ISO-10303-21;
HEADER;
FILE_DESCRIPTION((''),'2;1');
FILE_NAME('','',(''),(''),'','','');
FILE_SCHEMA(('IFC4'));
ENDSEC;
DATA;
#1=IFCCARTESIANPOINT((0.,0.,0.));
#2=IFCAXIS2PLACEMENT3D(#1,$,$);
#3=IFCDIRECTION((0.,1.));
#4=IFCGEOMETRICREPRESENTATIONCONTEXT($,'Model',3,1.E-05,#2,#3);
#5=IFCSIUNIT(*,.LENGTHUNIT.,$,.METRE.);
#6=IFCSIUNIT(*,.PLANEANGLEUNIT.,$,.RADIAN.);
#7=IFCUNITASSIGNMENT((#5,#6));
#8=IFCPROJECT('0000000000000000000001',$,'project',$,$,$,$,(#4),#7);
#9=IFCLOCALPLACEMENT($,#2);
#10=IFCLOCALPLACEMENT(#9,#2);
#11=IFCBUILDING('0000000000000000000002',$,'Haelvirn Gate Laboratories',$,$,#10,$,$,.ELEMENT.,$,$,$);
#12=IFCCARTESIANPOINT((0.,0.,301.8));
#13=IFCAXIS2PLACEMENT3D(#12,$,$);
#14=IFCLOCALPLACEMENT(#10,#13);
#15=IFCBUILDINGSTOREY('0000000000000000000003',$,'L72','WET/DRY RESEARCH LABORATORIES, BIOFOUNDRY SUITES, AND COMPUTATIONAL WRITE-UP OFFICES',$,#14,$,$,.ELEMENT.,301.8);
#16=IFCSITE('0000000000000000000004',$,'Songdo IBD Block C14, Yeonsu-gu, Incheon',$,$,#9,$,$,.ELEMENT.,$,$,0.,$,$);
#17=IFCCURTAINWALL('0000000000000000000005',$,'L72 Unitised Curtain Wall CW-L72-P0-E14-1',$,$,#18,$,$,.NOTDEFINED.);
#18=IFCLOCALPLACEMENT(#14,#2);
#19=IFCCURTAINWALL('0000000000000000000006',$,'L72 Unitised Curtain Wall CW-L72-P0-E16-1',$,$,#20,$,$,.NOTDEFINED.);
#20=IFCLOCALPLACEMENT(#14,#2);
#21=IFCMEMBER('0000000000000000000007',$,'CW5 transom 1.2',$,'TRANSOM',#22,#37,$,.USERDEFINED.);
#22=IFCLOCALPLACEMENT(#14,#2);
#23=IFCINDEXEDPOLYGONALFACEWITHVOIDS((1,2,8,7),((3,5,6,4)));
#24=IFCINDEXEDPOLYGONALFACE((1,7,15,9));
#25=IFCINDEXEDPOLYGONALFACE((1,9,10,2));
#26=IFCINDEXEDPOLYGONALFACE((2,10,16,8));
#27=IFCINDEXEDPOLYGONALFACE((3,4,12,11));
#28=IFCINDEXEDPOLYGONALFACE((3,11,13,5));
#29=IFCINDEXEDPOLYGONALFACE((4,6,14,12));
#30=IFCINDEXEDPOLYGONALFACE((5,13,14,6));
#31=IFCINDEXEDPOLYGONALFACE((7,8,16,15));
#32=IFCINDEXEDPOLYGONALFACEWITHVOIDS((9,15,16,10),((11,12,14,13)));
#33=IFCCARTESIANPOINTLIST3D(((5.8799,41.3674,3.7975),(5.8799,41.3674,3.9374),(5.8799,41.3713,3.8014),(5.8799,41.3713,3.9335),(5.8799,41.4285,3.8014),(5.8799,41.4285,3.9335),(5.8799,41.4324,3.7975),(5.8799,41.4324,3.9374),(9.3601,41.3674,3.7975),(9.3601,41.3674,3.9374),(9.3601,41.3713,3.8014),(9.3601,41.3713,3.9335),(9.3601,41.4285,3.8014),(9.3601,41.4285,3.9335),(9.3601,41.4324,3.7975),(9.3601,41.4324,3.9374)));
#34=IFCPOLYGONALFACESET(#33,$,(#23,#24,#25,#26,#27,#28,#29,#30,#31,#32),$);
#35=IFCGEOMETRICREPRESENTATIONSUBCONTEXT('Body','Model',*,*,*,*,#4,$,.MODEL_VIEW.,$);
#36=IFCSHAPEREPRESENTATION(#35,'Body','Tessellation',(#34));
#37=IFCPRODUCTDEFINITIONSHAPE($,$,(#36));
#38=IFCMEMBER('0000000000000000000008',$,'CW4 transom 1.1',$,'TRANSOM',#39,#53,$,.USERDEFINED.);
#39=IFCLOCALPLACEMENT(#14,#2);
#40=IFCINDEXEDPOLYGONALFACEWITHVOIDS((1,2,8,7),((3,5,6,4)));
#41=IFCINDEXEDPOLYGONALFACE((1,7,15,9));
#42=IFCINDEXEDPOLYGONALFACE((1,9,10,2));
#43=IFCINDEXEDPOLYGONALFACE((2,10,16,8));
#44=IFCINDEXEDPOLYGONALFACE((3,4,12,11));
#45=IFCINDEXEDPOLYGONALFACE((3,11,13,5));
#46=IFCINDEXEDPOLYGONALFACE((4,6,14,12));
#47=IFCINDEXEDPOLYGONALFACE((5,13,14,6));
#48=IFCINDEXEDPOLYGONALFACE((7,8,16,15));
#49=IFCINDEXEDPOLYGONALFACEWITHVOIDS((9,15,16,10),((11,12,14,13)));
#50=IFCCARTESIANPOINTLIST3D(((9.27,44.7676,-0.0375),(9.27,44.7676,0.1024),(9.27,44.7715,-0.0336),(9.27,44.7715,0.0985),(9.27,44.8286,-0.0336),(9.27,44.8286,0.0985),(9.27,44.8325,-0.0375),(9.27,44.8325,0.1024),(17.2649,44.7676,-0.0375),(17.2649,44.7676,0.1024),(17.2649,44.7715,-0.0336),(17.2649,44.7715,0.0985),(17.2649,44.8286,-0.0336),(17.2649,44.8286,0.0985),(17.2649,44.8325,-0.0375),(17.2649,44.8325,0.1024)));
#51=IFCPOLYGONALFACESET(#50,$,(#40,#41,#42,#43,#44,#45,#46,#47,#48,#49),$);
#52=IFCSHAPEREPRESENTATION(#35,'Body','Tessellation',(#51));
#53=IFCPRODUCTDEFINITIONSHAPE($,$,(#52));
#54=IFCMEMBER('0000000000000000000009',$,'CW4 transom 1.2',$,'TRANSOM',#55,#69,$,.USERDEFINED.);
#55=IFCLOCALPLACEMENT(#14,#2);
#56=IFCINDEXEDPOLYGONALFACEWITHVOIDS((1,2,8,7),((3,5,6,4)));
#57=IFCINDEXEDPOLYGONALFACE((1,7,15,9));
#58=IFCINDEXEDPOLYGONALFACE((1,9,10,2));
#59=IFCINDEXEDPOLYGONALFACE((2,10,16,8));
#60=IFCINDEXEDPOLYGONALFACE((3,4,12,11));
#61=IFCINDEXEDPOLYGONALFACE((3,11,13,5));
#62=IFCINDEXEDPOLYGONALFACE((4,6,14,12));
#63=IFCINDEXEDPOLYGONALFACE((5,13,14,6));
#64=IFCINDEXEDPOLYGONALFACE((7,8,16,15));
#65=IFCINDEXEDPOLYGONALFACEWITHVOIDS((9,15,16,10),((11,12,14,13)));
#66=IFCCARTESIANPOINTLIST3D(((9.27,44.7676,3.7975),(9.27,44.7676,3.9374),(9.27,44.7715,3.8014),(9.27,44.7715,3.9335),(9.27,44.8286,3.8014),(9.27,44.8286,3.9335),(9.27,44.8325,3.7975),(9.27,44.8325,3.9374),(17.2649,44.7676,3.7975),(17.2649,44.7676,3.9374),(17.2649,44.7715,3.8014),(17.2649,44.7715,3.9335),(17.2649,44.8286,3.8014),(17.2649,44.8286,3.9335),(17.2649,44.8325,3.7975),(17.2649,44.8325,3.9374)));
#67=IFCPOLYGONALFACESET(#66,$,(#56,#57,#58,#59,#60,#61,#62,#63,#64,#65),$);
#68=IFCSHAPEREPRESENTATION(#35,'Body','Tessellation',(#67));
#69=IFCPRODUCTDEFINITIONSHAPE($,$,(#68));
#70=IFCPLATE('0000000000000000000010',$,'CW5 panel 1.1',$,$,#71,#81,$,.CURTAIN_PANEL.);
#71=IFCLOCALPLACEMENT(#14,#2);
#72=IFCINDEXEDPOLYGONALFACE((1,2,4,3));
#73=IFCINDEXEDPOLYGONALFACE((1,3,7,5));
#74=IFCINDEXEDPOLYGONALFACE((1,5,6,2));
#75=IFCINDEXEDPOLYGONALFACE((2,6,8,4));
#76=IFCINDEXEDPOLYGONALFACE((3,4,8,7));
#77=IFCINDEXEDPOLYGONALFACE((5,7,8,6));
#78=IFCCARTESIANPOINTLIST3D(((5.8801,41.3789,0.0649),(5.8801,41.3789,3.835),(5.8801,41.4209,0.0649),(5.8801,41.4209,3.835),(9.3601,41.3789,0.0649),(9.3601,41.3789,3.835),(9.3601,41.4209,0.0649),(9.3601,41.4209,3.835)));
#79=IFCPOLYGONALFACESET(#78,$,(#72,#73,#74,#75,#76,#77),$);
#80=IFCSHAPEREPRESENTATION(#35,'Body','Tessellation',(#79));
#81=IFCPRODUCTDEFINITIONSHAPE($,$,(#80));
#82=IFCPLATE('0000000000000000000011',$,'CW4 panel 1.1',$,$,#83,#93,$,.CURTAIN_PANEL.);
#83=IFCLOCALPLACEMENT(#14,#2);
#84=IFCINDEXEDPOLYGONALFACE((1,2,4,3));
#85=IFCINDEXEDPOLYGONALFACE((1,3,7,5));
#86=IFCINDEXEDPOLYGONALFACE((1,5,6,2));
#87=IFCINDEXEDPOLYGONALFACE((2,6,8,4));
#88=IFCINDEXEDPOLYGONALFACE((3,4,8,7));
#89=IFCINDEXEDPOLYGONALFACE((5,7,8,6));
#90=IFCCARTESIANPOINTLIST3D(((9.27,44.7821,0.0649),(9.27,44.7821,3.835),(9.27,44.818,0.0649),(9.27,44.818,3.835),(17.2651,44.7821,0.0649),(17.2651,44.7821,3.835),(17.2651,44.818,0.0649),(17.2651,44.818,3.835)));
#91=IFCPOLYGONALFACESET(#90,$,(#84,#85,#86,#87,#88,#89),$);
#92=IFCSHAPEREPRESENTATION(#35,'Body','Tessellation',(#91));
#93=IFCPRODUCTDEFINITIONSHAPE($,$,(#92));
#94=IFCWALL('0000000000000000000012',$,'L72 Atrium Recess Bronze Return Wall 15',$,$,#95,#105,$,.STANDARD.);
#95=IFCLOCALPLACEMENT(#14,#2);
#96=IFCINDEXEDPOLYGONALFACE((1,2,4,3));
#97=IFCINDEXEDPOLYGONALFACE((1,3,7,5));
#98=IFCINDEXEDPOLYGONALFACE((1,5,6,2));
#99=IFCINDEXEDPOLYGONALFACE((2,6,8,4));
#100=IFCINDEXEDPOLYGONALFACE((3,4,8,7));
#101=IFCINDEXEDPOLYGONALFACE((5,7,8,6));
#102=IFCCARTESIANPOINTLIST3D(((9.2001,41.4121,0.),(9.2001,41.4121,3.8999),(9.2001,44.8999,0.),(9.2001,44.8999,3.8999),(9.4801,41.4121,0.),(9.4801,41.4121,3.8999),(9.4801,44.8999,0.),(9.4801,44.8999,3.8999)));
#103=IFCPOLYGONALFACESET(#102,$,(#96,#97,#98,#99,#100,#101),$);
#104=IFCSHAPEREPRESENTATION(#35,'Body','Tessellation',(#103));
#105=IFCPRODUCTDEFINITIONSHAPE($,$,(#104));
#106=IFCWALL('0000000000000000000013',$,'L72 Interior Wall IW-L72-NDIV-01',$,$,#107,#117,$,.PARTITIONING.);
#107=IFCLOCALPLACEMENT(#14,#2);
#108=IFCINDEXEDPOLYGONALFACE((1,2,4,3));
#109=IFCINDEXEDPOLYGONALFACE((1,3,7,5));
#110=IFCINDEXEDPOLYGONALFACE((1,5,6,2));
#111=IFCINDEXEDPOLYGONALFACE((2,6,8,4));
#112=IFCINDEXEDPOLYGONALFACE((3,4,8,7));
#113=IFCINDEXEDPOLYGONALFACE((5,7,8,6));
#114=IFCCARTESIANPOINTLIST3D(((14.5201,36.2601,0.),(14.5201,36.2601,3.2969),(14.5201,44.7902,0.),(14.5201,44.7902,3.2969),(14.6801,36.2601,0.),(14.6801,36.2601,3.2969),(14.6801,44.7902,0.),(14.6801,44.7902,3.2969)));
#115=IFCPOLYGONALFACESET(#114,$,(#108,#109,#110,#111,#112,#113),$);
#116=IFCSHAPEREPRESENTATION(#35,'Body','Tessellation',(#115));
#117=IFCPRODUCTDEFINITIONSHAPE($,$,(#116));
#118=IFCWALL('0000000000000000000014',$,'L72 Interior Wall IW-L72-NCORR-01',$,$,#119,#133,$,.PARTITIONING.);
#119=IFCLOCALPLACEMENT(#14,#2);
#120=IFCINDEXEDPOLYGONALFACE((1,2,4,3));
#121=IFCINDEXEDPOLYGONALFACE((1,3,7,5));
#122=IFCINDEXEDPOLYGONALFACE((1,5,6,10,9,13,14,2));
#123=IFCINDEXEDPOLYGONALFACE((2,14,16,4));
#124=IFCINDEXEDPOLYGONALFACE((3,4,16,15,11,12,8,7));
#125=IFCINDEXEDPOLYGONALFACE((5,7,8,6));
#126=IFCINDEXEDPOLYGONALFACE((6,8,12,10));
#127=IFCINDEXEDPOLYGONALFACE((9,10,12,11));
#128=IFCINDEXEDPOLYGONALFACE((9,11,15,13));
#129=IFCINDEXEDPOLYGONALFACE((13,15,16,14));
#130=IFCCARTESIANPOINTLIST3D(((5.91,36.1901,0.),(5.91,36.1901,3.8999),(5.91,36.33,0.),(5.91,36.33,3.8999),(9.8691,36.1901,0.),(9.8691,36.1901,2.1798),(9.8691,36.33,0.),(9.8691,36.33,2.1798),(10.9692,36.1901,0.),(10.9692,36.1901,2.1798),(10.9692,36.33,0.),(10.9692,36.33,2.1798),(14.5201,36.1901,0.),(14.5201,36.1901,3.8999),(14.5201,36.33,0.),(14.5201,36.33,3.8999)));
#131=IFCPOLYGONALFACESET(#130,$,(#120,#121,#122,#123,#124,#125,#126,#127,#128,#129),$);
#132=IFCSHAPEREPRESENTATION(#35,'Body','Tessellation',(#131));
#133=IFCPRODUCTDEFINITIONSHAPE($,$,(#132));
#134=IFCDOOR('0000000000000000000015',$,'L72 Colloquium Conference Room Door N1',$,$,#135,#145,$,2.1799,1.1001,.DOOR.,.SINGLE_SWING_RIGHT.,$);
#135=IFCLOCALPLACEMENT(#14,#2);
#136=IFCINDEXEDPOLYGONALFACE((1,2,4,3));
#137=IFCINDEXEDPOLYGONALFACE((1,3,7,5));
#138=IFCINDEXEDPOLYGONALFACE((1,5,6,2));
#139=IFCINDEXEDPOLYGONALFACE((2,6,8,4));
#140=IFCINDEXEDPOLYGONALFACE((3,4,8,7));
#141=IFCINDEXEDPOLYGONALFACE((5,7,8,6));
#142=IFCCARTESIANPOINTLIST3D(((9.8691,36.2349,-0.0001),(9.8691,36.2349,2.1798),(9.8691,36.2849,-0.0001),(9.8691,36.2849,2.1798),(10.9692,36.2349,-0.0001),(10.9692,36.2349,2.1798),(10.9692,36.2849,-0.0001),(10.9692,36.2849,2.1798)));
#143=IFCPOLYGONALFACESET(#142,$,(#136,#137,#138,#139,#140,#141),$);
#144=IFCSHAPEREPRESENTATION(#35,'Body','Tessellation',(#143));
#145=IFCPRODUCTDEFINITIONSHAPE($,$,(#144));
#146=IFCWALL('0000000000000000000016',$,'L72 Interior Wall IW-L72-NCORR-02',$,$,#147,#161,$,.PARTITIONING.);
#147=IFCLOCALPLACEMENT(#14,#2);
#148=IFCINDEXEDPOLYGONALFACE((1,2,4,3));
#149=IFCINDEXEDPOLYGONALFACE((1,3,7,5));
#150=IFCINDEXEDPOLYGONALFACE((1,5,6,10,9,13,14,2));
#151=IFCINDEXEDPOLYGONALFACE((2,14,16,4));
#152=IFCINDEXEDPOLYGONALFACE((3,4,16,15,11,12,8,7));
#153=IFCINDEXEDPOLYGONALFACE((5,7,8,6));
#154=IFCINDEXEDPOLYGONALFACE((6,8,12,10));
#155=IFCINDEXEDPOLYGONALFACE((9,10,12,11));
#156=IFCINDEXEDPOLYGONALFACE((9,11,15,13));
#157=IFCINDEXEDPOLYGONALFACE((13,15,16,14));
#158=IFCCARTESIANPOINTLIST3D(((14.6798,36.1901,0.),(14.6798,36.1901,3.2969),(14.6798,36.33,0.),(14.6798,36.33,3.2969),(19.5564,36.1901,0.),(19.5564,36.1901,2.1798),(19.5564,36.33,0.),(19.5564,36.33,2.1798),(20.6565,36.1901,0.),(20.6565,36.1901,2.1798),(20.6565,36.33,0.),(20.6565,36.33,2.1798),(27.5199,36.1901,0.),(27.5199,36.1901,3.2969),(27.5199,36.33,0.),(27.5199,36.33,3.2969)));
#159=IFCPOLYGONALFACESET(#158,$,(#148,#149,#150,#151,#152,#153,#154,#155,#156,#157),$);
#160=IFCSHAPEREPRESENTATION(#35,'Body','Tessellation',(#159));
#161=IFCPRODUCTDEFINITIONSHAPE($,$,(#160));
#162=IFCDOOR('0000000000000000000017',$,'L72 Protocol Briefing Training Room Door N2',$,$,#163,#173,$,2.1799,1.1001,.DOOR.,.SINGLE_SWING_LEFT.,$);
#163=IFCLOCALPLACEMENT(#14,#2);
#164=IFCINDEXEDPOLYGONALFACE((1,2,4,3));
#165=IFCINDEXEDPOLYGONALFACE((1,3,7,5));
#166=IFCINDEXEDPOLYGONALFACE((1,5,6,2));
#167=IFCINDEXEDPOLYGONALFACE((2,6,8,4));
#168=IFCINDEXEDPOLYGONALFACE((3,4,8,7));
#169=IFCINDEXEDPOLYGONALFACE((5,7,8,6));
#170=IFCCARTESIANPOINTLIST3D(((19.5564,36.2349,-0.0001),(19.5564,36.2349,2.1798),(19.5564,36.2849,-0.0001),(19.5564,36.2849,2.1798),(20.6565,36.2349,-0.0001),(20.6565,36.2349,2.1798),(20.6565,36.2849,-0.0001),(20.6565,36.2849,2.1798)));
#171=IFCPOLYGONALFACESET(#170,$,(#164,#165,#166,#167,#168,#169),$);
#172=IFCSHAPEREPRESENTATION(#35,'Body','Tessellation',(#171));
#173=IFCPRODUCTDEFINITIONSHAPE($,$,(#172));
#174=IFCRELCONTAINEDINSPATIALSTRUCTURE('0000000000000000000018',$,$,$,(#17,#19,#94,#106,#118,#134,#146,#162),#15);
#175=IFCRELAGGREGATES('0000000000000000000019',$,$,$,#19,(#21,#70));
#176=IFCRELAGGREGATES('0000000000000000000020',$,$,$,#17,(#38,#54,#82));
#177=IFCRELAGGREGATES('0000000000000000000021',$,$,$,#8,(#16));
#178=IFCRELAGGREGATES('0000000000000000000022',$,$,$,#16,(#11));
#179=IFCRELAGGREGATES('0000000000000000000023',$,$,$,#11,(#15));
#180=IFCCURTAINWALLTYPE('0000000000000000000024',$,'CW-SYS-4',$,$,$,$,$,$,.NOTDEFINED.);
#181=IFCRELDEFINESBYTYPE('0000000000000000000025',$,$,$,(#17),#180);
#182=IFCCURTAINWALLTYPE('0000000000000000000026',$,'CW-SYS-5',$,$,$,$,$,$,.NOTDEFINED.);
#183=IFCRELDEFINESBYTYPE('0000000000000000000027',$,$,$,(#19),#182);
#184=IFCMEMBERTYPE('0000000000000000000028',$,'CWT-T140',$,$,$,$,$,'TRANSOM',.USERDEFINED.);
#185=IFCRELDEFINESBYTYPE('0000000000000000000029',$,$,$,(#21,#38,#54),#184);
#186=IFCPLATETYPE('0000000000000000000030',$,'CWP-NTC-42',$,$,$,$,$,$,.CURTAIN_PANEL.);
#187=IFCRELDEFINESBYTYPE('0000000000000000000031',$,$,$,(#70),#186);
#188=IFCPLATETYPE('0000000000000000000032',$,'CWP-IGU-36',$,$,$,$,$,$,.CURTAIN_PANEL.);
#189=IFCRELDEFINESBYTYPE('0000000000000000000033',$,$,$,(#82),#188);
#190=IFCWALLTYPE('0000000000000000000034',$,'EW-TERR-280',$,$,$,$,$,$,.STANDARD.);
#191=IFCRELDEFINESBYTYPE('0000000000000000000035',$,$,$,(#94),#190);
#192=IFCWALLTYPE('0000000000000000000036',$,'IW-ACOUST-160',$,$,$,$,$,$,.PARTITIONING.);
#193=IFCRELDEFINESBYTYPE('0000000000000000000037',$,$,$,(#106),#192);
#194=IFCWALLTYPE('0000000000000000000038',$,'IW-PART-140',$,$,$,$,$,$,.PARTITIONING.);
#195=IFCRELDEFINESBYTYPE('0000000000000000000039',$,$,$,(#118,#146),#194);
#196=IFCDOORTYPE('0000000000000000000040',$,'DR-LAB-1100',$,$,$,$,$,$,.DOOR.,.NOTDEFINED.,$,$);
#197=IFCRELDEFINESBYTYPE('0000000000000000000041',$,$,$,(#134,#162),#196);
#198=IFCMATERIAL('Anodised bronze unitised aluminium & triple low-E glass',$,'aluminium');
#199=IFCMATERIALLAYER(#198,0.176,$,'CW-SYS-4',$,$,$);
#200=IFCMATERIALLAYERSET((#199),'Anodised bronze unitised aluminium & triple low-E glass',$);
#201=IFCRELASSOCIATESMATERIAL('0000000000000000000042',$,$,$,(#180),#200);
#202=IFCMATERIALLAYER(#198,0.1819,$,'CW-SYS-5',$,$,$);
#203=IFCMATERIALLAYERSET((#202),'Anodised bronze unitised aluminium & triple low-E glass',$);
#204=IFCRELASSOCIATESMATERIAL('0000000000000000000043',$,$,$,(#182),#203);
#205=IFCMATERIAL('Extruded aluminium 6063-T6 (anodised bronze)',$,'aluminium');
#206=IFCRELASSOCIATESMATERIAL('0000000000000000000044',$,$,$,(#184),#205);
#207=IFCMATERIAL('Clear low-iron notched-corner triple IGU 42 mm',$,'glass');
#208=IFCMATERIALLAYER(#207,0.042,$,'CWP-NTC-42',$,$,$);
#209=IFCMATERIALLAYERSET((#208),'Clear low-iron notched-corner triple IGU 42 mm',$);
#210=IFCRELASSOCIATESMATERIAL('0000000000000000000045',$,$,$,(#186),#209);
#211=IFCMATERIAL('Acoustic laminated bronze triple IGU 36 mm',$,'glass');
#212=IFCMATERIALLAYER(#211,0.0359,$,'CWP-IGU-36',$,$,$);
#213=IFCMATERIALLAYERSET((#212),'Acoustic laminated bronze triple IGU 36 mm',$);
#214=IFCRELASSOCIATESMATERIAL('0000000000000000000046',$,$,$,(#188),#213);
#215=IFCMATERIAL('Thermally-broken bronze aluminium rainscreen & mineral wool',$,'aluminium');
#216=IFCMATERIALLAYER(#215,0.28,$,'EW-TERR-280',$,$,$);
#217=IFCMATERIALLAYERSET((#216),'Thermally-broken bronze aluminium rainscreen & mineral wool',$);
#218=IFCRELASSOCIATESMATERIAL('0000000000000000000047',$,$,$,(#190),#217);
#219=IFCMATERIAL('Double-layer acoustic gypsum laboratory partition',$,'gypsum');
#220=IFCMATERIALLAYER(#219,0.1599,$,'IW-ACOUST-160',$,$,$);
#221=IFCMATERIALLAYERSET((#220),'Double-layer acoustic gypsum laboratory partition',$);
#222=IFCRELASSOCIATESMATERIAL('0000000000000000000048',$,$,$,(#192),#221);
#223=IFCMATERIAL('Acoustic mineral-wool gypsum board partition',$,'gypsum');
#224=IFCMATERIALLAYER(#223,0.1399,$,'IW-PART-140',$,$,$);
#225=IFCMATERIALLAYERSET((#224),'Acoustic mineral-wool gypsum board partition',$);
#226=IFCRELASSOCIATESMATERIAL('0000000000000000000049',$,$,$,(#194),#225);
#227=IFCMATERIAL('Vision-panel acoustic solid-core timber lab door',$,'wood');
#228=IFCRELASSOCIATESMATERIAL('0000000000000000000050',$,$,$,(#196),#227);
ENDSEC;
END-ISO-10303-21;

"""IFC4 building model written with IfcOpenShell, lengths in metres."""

from ifc_helpers import new_model, si_unit, direction, frame, frame_2d, origin, origin_2d, place, context, subcontext, project, spatial, rectangle, hollow_rectangle, extrude, source, transform, mapped, material, layer, layer_set, material_profile, profile_set, type_object, type_shapes, element, fill, aggregate, save


model = new_model("IFC4")

# Units and contexts
model_context = context("Model", 3, precision=1e-05, world=origin(), true_north=direction((0.0, 1.0)))
body_context = subcontext(model_context, "Body", "Model", "MODEL_VIEW")
ifc_project = project(units=[si_unit("LENGTHUNIT", "METRE"), si_unit("PLANEANGLEUNIT", "RADIAN")], contexts=[model_context])

# Site, building, storey
site_placement = place(None, origin())
site = spatial("IfcSite", under=ifc_project, at=site_placement, Name="Songdo IBD Block C14, Yeonsu-gu, Incheon", CompositionType="ELEMENT", RefElevation=0.0)
building_placement = place(site_placement, origin())
building = spatial("IfcBuilding", under=site, at=building_placement, Name="Haelvirn Gate Laboratories", CompositionType="ELEMENT")
storey_placement = place(building_placement, frame((0.0, 0.0, 301.8)))
storey = spatial("IfcBuildingStorey", under=building, at=storey_placement, Name="L72", Description="WET/DRY RESEARCH LABORATORIES, BIOFOUNDRY SUITES, AND COMPUTATIONAL WRITE-UP OFFICES", CompositionType="ELEMENT", Elevation=301.8)

# Curtain wall
ifc_material_1 = material(Name="Anodised bronze unitised aluminium & triple low-E glass", Category="aluminium")
ifc_layer_1 = layer(ifc_material_1, 0.176, Name="CW-SYS-4")
ifc_layer_set_1 = layer_set([ifc_layer_1], Name="Anodised bronze unitised aluminium & triple low-E glass")
curtain_wall_type_1 = type_object("IfcCurtainWallType", Name="CW-SYS-4", PredefinedType="NOTDEFINED", material=ifc_layer_set_1)
curtain_wall_1_placement = place(storey_placement, origin())
curtain_wall_1 = element("IfcCurtainWall", 1, at=curtain_wall_1_placement, inside=storey, type_object=curtain_wall_type_1, Name="L72 Unitised Curtain Wall CW-L72-P0-E14-1", PredefinedType="NOTDEFINED")
ifc_material_2 = material(Name="Extruded aluminium 6063-T6 (anodised bronze)", Category="aluminium")

# Curtain wall
ifc_layer_2 = layer(ifc_material_1, 0.1819, Name="CW-SYS-5")
ifc_layer_set_2 = layer_set([ifc_layer_2], Name="Anodised bronze unitised aluminium & triple low-E glass")
curtain_wall_type_2 = type_object("IfcCurtainWallType", Name="CW-SYS-5", PredefinedType="NOTDEFINED", material=ifc_layer_set_2)
curtain_wall_2_placement = place(storey_placement, origin())
curtain_wall_2 = element("IfcCurtainWall", 2, at=curtain_wall_2_placement, inside=storey, type_object=curtain_wall_type_2, Name="L72 Unitised Curtain Wall CW-L72-P0-E16-1", PredefinedType="NOTDEFINED")

# Members
ifc_material_profile_1 = material_profile(ifc_material_2, hollow_rectangle(XDim=0.0649, YDim=0.1399, WallThickness=0.0039, at=origin_2d()), Name="CWT-140x65x4")
ifc_profile_set_1 = profile_set([ifc_material_profile_1], Name="Extruded aluminium 6063-T6 (anodised bronze)")
member_type_1 = type_object("IfcMemberType", Name="CWT-T140", ElementType="TRANSOM", PredefinedType="USERDEFINED", material=ifc_profile_set_1)
shared_shape_1 = source(origin(), body_context, "Body", "SweptSolid", [
    extrude(hollow_rectangle(XDim=0.0649, YDim=0.1399, WallThickness=0.0039, at=origin_2d()), origin(), (0.0, 0.0, 1.0), 3.4802),
])
member_1_placement = place(storey_placement, frame((5.8799, 41.3999, 3.8674), z_axis=(1.0, 0.0, 0.0), x_axis=(0.0, 1.0, 0.0)))
member_1 = element("IfcMember", 3, at=member_1_placement, type_object=member_type_1, Name="CW5 transom 1.2", ObjectType="TRANSOM", PredefinedType="USERDEFINED", context=body_context, shape_type="MappedRepresentation", body=[
    mapped(shared_shape_1, transform((0.0, 0.0, 0.0), scale=1.0)),
])
shared_shape_2 = source(origin(), body_context, "Body", "SweptSolid", [
    extrude(hollow_rectangle(XDim=0.0649, YDim=0.1399, WallThickness=0.0039, at=origin_2d()), origin(), (0.0, 0.0, 1.0), 7.9949),
])
member_2_placement = place(storey_placement, frame((9.27, 44.8, 0.0325), z_axis=(1.0, 0.0, 0.0), x_axis=(0.0, 1.0, 0.0)))
member_2 = element("IfcMember", 4, at=member_2_placement, type_object=member_type_1, Name="CW4 transom 1.1", ObjectType="TRANSOM", PredefinedType="USERDEFINED", context=body_context, shape_type="MappedRepresentation", body=[
    mapped(shared_shape_2, transform((0.0, 0.0, 0.0), scale=1.0)),
])
member_3_placement = place(storey_placement, frame((9.27, 44.8, 3.8674), z_axis=(1.0, 0.0, 0.0), x_axis=(0.0, 1.0, 0.0)))
member_3 = element("IfcMember", 5, at=member_3_placement, type_object=member_type_1, Name="CW4 transom 1.2", ObjectType="TRANSOM", PredefinedType="USERDEFINED", context=body_context, shape_type="MappedRepresentation", body=[
    mapped(shared_shape_2, transform((0.0, 0.0, 0.0), scale=1.0)),
])

# Plates
ifc_material_3 = material(Name="Clear low-iron notched-corner triple IGU 42 mm", Category="glass")
ifc_layer_3 = layer(ifc_material_3, 0.042, Name="CWP-NTC-42")
ifc_layer_set_3 = layer_set([ifc_layer_3], Name="Clear low-iron notched-corner triple IGU 42 mm")
plate_type_1 = type_object("IfcPlateType", Name="CWP-NTC-42", PredefinedType="CURTAIN_PANEL", material=ifc_layer_set_3)
shared_shape_3 = source(origin(), body_context, "Body", "SweptSolid", [
    extrude(rectangle(XDim=3.48, YDim=0.042, at=origin_2d()), origin(), (0.0, 0.0, 1.0), 3.77),
])
type_shapes(plate_type_1, [shared_shape_3])
plate_1_placement = place(storey_placement, frame((7.6201, 41.3999, 0.0649), z_axis=(0.0, 0.0, 1.0), x_axis=(1.0, 0.0, 0.0)))
plate_1 = element("IfcPlate", 6, at=plate_1_placement, type_object=plate_type_1, Name="CW5 panel 1.1", PredefinedType="CURTAIN_PANEL", context=body_context, shape_type="MappedRepresentation", body=[
    mapped(shared_shape_3, transform((0.0, 0.0, 0.0), scale=1.0)),
])
aggregate(curtain_wall_2, [member_1, plate_1])
ifc_material_4 = material(Name="Acoustic laminated bronze triple IGU 36 mm", Category="glass")
ifc_layer_4 = layer(ifc_material_4, 0.0359, Name="CWP-IGU-36")
ifc_layer_set_4 = layer_set([ifc_layer_4], Name="Acoustic laminated bronze triple IGU 36 mm")
plate_type_2 = type_object("IfcPlateType", Name="CWP-IGU-36", PredefinedType="CURTAIN_PANEL", material=ifc_layer_set_4)
shared_shape_4 = source(origin(), body_context, "Body", "SweptSolid", [
    extrude(rectangle(XDim=7.9951, YDim=0.0359, at=origin_2d()), origin(), (0.0, 0.0, 1.0), 3.77),
])
type_shapes(plate_type_2, [shared_shape_4])
plate_2_placement = place(storey_placement, frame((13.2676, 44.8, 0.0649), z_axis=(0.0, 0.0, 1.0), x_axis=(1.0, 0.0, 0.0)))
plate_2 = element("IfcPlate", 7, at=plate_2_placement, type_object=plate_type_2, Name="CW4 panel 1.1", PredefinedType="CURTAIN_PANEL", context=body_context, shape_type="MappedRepresentation", body=[
    mapped(shared_shape_4, transform((0.0, 0.0, 0.0), scale=1.0)),
])
aggregate(curtain_wall_1, [member_2, member_3, plate_2])

# Walls
ifc_material_5 = material(Name="Thermally-broken bronze aluminium rainscreen & mineral wool", Category="aluminium")
ifc_layer_5 = layer(ifc_material_5, 0.28, Name="EW-TERR-280")
ifc_layer_set_5 = layer_set([ifc_layer_5], Name="Thermally-broken bronze aluminium rainscreen & mineral wool")
wall_type_1 = type_object("IfcWallType", Name="EW-TERR-280", PredefinedType="STANDARD", material=ifc_layer_set_5)
wall_1_placement = place(storey_placement, frame((9.3401, 44.8999, 0.0), z_axis=(0.0, 0.0, 1.0), x_axis=(0.0, -1.0, 0.0)))
element("IfcWall", 8, at=wall_1_placement, inside=storey, type_object=wall_type_1, Name="L72 Atrium Recess Bronze Return Wall 15", PredefinedType="STANDARD", context=body_context, shape_type="SweptSolid", body=[
    extrude(rectangle(XDim=3.4878, YDim=0.28, at=frame_2d((1.7439, 0.0))), origin(), (0.0, 0.0, 1.0), 3.8999),
])
ifc_material_6 = material(Name="Double-layer acoustic gypsum laboratory partition", Category="gypsum")
ifc_layer_6 = layer(ifc_material_6, 0.1599, Name="IW-ACOUST-160")
ifc_layer_set_6 = layer_set([ifc_layer_6], Name="Double-layer acoustic gypsum laboratory partition")
wall_type_2 = type_object("IfcWallType", Name="IW-ACOUST-160", PredefinedType="PARTITIONING", material=ifc_layer_set_6)
wall_2_placement = place(storey_placement, frame((14.6001, 36.26, 0.0), z_axis=(0.0, 0.0, 1.0), x_axis=(0.0, 1.0, 0.0)))
element("IfcWall", 9, at=wall_2_placement, inside=storey, type_object=wall_type_2, Name="L72 Interior Wall IW-L72-NDIV-01", PredefinedType="PARTITIONING", context=body_context, shape_type="SweptSolid", body=[
    extrude(rectangle(XDim=8.53, YDim=0.1599, at=frame_2d((4.2651, 0.0))), origin(), (0.0, 0.0, 1.0), 3.2969),
])

# Walls, openings, doors
ifc_material_7 = material(Name="Acoustic mineral-wool gypsum board partition", Category="gypsum")
ifc_layer_7 = layer(ifc_material_7, 0.1399, Name="IW-PART-140")
ifc_layer_set_7 = layer_set([ifc_layer_7], Name="Acoustic mineral-wool gypsum board partition")
wall_type_3 = type_object("IfcWallType", Name="IW-PART-140", PredefinedType="PARTITIONING", material=ifc_layer_set_7)
wall_3_placement = place(storey_placement, frame((5.9099, 36.26, 0.0), z_axis=(0.0, 0.0, 1.0), x_axis=(1.0, 0.0, 0.0)))
wall_3 = element("IfcWall", 10, at=wall_3_placement, inside=storey, type_object=wall_type_3, Name="L72 Interior Wall IW-L72-NCORR-01", PredefinedType="PARTITIONING", context=body_context, shape_type="SweptSolid", body=[
    extrude(rectangle(XDim=8.6101, YDim=0.1399, at=frame_2d((4.3052, 0.0))), origin(), (0.0, 0.0, 1.0), 3.8999),
])
opening_1_placement = place(wall_3_placement, frame((3.9592, 0.0, 0.0)))
opening_1 = element("IfcOpeningElement", 11, at=opening_1_placement, cuts=wall_3, PredefinedType="OPENING", context=body_context, shape_type="SweptSolid", body=[
    extrude(rectangle(XDim=1.1001, YDim=2.1799, at=frame_2d((0.55, 1.0898))), frame((0.0, 0.0801, 0.0), z_axis=(0.0, -1.0, 0.0), x_axis=(1.0, 0.0, 0.0)), (0.0, 0.0, 1.0), 0.1599),
])
ifc_material_8 = material(Name="Vision-panel acoustic solid-core timber lab door", Category="wood")
door_type_1 = type_object("IfcDoorType", Name="DR-LAB-1100", OperationType="NOTDEFINED", PredefinedType="DOOR", material=ifc_material_8)
shared_shape_5 = source(origin(), body_context, "Body", "SweptSolid", [
    extrude(rectangle(XDim=1.1001, YDim=2.1799, at=frame_2d((0.55, 1.0898))), frame((0.0, 0.0249, 0.0), z_axis=(0.0, -1.0, 0.0), x_axis=(1.0, 0.0, 0.0)), (0.0, 0.0, 1.0), 0.05),
])
type_shapes(door_type_1, [shared_shape_5])
door_1_placement = place(opening_1_placement, origin())
door_1 = element("IfcDoor", 12, at=door_1_placement, inside=storey, type_object=door_type_1, Name="L72 Colloquium Conference Room Door N1", OperationType="SINGLE_SWING_RIGHT", OverallHeight=2.1799, OverallWidth=1.1001, PredefinedType="DOOR", context=body_context, shape_type="MappedRepresentation", body=[
    mapped(shared_shape_5, transform((0.0, 0.0, 0.0), scale=1.0)),
])
fill(opening_1, door_1)
wall_4_placement = place(storey_placement, frame((14.6799, 36.26, 0.0), z_axis=(0.0, 0.0, 1.0), x_axis=(1.0, 0.0, 0.0)))
wall_4 = element("IfcWall", 13, at=wall_4_placement, inside=storey, type_object=wall_type_3, Name="L72 Interior Wall IW-L72-NCORR-02", PredefinedType="PARTITIONING", context=body_context, shape_type="SweptSolid", body=[
    extrude(rectangle(XDim=12.8401, YDim=0.1399, at=frame_2d((6.4199, 0.0))), origin(), (0.0, 0.0, 1.0), 3.2969),
])
opening_2_placement = place(wall_4_placement, frame((4.8765, 0.0, 0.0)))
opening_2 = element("IfcOpeningElement", 14, at=opening_2_placement, cuts=wall_4, PredefinedType="OPENING", context=body_context, shape_type="SweptSolid", body=[
    extrude(rectangle(XDim=1.1001, YDim=2.1799, at=frame_2d((0.55, 1.0898))), frame((0.0, 0.0801, 0.0), z_axis=(0.0, -1.0, 0.0), x_axis=(1.0, 0.0, 0.0)), (0.0, 0.0, 1.0), 0.1599),
])
door_2_placement = place(opening_2_placement, origin())
door_2 = element("IfcDoor", 15, at=door_2_placement, inside=storey, type_object=door_type_1, Name="L72 Protocol Briefing Training Room Door N2", OperationType="SINGLE_SWING_LEFT", OverallHeight=2.1799, OverallWidth=1.1001, PredefinedType="DOOR", context=body_context, shape_type="MappedRepresentation", body=[
    mapped(shared_shape_5, transform((0.0, 0.0, 0.0), scale=1.0)),
])
fill(opening_2, door_2)

save(model, "model.ifc")
